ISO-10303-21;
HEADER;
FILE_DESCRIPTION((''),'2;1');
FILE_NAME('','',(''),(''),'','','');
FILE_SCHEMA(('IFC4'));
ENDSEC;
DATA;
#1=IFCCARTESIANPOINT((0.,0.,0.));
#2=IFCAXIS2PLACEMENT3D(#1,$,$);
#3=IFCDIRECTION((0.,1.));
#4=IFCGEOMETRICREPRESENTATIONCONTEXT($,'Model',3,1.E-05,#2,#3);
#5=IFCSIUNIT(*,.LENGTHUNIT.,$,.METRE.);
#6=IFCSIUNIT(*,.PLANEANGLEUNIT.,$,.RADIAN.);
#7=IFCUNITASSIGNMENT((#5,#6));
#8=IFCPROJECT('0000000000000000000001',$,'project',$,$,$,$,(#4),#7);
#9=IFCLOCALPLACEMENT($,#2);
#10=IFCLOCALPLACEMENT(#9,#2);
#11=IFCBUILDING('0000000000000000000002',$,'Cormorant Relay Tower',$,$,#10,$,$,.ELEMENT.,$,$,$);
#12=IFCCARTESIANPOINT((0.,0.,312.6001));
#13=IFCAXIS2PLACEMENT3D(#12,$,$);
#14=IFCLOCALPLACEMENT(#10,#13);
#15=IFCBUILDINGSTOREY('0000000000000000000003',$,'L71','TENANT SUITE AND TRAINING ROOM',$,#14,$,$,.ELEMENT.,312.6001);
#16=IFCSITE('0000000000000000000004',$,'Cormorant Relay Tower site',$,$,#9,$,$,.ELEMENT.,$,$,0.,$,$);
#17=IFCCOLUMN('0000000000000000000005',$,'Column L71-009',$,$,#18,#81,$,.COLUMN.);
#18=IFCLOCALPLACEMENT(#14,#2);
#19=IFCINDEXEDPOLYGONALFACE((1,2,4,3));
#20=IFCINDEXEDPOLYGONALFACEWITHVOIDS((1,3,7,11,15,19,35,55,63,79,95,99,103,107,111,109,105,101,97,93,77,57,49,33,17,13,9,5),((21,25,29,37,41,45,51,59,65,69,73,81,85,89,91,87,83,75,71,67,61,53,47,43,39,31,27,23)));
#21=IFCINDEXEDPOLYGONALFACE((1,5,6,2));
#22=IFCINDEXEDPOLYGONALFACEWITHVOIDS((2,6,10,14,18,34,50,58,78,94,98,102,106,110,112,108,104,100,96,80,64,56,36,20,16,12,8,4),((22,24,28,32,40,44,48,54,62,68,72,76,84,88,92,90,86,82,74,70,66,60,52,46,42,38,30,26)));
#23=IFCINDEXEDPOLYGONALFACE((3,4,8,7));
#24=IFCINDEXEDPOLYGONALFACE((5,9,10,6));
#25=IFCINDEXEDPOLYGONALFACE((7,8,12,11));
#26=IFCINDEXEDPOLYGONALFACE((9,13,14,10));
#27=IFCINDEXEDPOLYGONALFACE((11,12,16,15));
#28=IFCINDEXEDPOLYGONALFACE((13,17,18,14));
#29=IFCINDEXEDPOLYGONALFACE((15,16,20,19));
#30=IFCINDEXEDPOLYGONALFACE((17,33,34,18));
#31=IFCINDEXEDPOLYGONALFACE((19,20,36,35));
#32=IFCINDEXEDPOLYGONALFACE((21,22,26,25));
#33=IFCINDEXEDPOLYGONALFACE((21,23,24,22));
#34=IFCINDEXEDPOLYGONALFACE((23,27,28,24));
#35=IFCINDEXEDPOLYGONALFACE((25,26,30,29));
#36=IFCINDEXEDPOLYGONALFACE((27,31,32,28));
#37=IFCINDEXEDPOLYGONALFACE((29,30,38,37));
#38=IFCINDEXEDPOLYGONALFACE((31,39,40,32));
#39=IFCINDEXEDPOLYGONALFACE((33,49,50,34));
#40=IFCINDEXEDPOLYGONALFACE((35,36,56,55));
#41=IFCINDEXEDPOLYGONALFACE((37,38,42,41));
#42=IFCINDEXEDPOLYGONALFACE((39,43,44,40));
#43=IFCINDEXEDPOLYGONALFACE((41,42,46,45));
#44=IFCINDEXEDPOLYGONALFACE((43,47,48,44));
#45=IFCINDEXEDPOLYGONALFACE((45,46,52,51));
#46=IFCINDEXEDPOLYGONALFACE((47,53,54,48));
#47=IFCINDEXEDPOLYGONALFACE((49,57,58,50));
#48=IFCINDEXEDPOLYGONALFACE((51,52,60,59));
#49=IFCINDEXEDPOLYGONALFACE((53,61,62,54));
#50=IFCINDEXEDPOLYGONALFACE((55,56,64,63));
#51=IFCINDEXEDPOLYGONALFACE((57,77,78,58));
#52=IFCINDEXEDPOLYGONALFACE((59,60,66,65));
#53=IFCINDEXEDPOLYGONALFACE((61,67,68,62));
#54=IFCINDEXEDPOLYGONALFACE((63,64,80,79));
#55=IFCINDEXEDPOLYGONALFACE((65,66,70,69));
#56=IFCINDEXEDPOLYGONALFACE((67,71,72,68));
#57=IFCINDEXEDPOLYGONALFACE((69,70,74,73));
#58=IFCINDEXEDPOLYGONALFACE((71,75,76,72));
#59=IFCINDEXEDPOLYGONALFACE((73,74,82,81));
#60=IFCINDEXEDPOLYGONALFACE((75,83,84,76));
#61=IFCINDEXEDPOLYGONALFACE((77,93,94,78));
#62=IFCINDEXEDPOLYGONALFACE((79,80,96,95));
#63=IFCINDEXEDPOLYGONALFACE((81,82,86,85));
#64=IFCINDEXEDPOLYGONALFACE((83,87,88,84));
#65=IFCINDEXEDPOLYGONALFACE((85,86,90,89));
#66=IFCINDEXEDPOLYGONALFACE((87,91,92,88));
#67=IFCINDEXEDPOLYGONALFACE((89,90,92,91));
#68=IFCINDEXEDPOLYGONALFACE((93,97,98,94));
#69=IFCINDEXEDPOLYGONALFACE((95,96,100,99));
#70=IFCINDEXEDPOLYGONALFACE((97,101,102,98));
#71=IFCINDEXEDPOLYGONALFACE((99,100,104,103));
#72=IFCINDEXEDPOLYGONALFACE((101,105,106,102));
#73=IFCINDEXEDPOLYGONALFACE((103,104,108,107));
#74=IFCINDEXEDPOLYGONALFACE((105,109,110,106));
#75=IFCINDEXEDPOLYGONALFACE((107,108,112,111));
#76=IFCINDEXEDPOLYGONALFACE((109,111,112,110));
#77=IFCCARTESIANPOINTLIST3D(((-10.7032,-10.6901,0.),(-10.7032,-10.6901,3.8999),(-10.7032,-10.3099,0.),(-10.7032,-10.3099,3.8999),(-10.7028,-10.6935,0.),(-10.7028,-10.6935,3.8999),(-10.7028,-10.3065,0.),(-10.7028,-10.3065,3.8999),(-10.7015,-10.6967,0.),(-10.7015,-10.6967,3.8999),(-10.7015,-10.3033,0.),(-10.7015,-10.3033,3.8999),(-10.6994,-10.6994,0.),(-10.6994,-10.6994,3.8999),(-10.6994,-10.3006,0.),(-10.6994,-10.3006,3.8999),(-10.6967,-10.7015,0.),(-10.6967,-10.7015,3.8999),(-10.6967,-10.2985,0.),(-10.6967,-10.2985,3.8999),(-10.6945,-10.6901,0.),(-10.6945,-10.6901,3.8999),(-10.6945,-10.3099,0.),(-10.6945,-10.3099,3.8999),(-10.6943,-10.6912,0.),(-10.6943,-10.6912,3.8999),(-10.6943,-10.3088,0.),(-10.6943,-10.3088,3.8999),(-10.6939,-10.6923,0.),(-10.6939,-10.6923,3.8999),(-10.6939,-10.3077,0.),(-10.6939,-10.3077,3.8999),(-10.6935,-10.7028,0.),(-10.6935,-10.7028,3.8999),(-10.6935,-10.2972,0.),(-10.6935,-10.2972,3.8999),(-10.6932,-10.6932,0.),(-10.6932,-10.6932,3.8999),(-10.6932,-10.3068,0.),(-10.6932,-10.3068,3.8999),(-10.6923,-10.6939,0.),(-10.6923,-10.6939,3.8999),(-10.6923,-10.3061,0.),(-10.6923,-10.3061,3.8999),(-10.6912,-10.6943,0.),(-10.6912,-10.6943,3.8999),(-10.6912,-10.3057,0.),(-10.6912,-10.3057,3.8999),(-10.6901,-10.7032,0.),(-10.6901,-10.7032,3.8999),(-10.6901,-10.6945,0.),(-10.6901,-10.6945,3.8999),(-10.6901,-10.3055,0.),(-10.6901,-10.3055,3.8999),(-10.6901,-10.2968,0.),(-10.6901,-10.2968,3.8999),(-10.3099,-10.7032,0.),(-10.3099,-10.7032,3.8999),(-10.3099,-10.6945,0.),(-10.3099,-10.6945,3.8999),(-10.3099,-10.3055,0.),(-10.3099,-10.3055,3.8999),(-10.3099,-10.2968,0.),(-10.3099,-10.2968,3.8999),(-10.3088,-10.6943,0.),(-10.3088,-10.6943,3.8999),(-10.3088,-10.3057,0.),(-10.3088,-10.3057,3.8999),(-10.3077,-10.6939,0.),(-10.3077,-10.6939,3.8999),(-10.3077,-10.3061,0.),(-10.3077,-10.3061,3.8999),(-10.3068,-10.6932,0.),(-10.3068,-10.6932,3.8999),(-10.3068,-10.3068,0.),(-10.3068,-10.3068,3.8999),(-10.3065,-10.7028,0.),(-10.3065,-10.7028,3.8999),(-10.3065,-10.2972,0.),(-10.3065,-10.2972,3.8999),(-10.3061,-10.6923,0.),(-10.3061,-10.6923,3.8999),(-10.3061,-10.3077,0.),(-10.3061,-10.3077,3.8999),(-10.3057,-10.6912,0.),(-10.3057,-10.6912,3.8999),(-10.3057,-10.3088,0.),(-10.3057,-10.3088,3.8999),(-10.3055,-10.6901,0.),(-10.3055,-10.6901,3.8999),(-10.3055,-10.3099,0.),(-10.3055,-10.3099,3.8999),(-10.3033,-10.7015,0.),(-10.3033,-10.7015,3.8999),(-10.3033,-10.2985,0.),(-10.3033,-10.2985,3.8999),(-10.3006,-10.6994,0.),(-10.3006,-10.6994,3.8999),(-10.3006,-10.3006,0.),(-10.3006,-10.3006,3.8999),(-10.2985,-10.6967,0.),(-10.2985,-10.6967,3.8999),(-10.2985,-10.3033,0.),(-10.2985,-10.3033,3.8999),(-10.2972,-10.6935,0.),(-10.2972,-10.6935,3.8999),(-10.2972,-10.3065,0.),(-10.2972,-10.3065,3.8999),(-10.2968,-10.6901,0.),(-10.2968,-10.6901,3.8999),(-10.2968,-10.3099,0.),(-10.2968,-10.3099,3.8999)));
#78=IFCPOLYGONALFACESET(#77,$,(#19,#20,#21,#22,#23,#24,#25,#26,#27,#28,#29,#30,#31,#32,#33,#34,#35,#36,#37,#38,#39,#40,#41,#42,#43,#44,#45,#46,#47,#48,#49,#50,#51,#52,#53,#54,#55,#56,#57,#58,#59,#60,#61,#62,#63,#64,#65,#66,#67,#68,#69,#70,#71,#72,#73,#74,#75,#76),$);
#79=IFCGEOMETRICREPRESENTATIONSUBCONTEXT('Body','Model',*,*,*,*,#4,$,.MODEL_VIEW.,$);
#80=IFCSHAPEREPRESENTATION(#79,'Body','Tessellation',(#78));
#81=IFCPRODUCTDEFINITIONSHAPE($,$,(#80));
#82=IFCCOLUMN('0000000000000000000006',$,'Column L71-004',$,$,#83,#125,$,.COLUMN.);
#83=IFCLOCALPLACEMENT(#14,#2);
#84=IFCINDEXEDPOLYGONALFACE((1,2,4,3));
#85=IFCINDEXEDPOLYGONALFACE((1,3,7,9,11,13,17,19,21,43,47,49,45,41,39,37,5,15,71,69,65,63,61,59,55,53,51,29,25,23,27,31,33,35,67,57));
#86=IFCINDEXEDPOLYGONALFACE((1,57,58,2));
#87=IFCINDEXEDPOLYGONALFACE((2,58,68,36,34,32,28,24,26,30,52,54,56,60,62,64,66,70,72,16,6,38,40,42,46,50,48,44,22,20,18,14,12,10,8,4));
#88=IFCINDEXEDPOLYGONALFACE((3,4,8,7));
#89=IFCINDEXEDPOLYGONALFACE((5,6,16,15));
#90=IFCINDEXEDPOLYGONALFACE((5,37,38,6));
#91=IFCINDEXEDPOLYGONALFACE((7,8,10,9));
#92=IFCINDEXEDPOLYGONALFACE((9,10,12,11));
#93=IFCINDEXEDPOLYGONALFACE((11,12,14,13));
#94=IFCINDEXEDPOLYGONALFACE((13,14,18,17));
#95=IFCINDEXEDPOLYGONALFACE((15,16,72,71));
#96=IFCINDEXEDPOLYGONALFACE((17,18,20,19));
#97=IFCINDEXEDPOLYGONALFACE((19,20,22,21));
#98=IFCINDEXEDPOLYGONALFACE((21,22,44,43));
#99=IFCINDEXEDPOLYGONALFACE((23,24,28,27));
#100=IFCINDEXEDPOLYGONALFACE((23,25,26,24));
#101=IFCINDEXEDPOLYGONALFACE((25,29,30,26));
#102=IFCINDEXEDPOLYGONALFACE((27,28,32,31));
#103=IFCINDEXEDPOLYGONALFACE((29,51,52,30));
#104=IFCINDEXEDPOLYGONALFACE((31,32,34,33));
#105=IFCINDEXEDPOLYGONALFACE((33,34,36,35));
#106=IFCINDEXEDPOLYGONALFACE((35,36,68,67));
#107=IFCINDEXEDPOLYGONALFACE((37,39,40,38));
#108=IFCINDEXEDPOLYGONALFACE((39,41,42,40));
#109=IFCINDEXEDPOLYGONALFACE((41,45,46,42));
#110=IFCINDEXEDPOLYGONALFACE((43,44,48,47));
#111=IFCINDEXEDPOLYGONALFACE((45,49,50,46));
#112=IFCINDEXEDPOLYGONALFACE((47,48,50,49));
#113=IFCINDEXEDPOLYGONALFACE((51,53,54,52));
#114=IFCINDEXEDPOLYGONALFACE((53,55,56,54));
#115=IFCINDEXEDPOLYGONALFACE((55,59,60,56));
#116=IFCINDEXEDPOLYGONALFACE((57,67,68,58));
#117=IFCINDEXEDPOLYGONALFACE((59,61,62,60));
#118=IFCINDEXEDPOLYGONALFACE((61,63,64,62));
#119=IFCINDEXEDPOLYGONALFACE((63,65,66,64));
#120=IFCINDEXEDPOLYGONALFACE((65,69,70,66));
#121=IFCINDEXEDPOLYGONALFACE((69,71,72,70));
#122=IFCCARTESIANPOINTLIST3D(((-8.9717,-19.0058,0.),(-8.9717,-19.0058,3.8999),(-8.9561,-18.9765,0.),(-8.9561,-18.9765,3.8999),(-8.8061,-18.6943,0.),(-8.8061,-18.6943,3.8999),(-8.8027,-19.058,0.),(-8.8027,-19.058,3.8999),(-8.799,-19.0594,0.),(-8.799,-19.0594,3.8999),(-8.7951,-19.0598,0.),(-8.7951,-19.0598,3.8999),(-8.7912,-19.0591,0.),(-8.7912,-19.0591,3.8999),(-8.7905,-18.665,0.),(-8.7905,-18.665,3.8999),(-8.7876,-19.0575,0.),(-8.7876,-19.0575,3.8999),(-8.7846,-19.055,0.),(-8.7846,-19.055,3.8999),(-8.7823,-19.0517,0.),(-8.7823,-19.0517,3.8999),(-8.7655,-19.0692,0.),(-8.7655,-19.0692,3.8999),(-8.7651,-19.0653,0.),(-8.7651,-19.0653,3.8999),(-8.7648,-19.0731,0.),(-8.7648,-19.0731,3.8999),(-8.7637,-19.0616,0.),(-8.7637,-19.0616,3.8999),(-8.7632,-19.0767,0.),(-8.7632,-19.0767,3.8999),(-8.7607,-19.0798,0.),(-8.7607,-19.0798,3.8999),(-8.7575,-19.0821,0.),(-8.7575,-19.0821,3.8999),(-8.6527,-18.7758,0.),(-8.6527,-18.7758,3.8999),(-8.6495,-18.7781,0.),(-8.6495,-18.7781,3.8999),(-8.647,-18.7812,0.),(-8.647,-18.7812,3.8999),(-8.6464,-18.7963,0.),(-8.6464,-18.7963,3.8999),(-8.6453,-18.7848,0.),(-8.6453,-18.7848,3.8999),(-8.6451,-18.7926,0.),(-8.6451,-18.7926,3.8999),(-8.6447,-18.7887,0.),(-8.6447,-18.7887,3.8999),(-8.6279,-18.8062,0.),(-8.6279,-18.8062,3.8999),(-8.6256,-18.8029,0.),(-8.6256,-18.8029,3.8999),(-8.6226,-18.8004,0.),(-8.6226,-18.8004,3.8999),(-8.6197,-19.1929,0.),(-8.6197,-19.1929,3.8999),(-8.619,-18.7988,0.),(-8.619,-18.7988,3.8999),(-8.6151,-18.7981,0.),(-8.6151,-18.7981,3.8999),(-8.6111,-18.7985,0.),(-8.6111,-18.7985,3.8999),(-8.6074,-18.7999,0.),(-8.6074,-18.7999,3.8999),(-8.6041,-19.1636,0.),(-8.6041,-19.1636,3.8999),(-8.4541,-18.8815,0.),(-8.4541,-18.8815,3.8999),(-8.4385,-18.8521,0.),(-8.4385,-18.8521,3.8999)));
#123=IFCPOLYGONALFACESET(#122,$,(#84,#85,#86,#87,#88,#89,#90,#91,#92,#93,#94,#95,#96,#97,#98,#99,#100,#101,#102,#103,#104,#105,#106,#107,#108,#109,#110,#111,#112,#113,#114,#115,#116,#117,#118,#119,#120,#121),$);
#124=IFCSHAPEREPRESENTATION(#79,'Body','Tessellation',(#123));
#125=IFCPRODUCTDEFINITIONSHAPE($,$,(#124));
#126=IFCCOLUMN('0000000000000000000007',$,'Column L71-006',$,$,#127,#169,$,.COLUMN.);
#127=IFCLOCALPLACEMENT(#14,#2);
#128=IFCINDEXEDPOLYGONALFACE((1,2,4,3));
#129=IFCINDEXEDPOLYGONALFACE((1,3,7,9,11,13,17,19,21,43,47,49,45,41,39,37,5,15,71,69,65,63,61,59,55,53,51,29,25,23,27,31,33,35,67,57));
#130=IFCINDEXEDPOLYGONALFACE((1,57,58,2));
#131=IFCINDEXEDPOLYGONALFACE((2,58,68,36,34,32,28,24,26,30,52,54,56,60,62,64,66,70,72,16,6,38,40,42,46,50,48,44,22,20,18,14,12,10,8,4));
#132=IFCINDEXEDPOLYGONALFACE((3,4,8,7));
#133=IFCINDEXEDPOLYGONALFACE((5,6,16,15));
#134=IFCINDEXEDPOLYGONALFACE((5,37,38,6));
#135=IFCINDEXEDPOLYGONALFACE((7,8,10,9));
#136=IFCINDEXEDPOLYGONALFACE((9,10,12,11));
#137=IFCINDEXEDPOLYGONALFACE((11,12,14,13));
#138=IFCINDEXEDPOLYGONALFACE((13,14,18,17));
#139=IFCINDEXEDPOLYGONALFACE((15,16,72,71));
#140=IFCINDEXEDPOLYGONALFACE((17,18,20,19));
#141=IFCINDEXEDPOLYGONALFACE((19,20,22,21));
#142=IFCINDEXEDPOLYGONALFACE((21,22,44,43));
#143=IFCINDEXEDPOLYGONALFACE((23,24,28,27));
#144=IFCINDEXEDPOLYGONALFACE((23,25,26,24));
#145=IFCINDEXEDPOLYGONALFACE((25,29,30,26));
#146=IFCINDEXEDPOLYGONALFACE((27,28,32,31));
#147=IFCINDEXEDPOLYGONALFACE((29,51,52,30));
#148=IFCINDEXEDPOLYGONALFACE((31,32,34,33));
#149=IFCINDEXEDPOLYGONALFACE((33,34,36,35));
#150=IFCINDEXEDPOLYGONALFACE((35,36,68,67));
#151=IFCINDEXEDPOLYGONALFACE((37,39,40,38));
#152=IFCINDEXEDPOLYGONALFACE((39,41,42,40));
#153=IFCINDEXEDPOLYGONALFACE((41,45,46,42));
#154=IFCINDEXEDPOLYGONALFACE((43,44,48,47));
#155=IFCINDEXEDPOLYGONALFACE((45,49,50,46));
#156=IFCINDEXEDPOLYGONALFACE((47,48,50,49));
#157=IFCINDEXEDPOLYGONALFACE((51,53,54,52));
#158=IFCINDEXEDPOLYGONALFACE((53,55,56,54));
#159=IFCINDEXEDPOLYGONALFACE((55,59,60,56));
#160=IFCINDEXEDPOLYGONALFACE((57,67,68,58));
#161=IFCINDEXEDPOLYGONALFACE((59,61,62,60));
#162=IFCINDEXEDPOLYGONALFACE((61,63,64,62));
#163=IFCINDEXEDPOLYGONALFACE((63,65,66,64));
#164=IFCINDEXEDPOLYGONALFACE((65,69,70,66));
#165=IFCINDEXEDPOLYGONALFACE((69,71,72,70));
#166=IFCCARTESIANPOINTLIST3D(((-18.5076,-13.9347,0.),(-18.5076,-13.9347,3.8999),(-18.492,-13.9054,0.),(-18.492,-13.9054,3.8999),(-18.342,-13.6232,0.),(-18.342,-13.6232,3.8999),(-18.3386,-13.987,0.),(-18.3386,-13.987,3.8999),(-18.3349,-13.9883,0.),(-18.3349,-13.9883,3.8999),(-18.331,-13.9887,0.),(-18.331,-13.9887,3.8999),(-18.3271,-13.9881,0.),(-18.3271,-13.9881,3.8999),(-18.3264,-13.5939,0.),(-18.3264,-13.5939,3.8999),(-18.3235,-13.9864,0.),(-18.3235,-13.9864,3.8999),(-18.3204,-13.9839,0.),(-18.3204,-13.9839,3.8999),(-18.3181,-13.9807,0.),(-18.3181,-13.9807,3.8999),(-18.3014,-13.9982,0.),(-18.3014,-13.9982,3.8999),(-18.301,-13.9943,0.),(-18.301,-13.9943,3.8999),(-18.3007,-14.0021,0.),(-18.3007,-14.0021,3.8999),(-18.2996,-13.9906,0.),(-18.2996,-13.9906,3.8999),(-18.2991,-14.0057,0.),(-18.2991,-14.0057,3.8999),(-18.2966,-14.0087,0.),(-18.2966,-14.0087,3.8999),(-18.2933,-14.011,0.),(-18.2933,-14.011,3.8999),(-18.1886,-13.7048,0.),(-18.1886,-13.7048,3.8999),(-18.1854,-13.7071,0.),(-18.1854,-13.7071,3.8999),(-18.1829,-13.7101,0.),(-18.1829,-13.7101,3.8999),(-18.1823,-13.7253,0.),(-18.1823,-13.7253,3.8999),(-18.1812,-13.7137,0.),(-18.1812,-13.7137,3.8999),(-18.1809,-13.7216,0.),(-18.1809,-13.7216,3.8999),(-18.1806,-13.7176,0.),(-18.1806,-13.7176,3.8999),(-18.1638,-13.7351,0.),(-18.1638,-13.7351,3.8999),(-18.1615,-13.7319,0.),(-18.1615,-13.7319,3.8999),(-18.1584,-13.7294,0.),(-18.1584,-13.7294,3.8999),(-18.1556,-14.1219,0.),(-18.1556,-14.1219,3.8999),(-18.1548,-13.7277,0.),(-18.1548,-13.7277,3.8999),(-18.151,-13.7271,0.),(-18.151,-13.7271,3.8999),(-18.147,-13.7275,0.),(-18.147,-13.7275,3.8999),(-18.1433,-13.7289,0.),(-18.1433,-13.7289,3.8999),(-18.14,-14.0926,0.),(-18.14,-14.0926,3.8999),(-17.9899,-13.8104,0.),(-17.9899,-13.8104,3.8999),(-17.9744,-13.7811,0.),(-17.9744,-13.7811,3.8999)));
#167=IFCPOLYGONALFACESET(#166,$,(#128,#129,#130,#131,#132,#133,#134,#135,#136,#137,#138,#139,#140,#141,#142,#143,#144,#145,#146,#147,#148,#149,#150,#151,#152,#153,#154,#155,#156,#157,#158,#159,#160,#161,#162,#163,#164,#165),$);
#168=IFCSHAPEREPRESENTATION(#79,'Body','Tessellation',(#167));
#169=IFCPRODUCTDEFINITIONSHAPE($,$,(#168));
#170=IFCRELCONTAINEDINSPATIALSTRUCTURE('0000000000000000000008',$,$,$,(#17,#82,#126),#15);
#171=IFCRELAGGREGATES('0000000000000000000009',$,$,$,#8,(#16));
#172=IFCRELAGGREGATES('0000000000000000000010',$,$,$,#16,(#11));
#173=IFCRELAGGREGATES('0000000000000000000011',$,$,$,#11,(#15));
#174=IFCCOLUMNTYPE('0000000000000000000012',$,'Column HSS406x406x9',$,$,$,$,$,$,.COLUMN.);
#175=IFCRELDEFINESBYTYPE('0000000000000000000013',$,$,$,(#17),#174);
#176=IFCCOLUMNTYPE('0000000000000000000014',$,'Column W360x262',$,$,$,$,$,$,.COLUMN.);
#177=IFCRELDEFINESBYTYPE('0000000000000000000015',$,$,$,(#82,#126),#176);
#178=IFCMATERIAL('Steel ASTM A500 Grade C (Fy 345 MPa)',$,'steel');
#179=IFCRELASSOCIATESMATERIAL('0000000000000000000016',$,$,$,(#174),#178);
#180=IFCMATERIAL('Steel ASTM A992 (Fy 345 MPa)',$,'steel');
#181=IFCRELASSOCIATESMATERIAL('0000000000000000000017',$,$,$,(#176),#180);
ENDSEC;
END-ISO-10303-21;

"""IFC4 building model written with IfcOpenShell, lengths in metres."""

from ifc_helpers import new_model, si_unit, direction, frame, origin, origin_2d, place, context, subcontext, project, spatial, hollow_rectangle, i_section, extrude, material, material_profile, profile_set, type_object, element, save


model = new_model("IFC4")

# Units and contexts
model_context = context("Model", 3, precision=1e-05, world=origin(), true_north=direction((0.0, 1.0)))
body_context = subcontext(model_context, "Body", "Model", "MODEL_VIEW")
ifc_project = project(units=[si_unit("LENGTHUNIT", "METRE"), si_unit("PLANEANGLEUNIT", "RADIAN")], contexts=[model_context])

# Site, building, storey
site_placement = place(None, origin())
site = spatial("IfcSite", under=ifc_project, at=site_placement, Name="Cormorant Relay Tower site", CompositionType="ELEMENT", RefElevation=0.0)
building_placement = place(site_placement, origin())
building = spatial("IfcBuilding", under=site, at=building_placement, Name="Cormorant Relay Tower", CompositionType="ELEMENT")
storey_placement = place(building_placement, frame((0.0, 0.0, 312.6001)))
storey = spatial("IfcBuildingStorey", under=building, at=storey_placement, Name="L71", Description="TENANT SUITE AND TRAINING ROOM", CompositionType="ELEMENT", Elevation=312.6001)

# Columns
ifc_material_1 = material(Name="Steel ASTM A500 Grade C (Fy 345 MPa)", Category="steel")
ifc_material_profile_1 = material_profile(ifc_material_1, hollow_rectangle(XDim=0.4065, YDim=0.4065, WallThickness=0.0088, InnerFilletRadius=0.0044, OuterFilletRadius=0.0132, at=origin_2d()), Name="HSS406x406x9")
ifc_profile_set_1 = profile_set([ifc_material_profile_1], Name="Steel ASTM A500 Grade C (Fy 345 MPa)")
column_type_1 = type_object("IfcColumnType", Name="Column HSS406x406x9", PredefinedType="COLUMN", material=ifc_profile_set_1)
column_placement = place(storey_placement, frame((-10.5, -10.5, 0.0), z_axis=(0.0, 0.0, 1.0), x_axis=(1.0, 0.0, 0.0)))
element("IfcColumn", 1, at=column_placement, inside=storey, type_object=column_type_1, Name="Column L71-009", PredefinedType="COLUMN", context=body_context, shape_type="SweptSolid", body=[
    extrude(hollow_rectangle(XDim=0.4065, YDim=0.4065, WallThickness=0.0088, InnerFilletRadius=0.0044, OuterFilletRadius=0.0132, at=origin_2d()), origin(), (0.0, 0.0, 1.0), 3.8999),
])
ifc_material_2 = material(Name="Steel ASTM A992 (Fy 345 MPa)", Category="steel")
ifc_material_profile_2 = material_profile(ifc_material_2, i_section(OverallWidth=0.3987, OverallDepth=0.386, WebThickness=0.021, FlangeThickness=0.0332, FilletRadius=0.0151, at=origin_2d()), Name="W360x262")
ifc_profile_set_2 = profile_set([ifc_material_profile_2], Name="Steel ASTM A992 (Fy 345 MPa)")
column_type_2 = type_object("IfcColumnType", Name="Column W360x262", PredefinedType="COLUMN", material=ifc_profile_set_2)
for number, where, z_axis, x_axis, name in (
    (2, (-8.7051, -18.929, 0.0), (0.0, 0.0, 1.0), (0.882948, -0.469472, 0.0), "Column L71-004"),
    (3, (-18.241, -13.8579, 0.0), (0.0, 0.0, 1.0), (0.882948, -0.469472, 0.0), "Column L71-006"),
):
    element("IfcColumn", number, at=place(storey_placement, frame(where, z_axis=z_axis, x_axis=x_axis)), inside=storey, type_object=column_type_2, Name=name, PredefinedType="COLUMN", context=body_context, shape_type="SweptSolid", body=[
        extrude(i_section(OverallWidth=0.3987, OverallDepth=0.386, WebThickness=0.021, FlangeThickness=0.0332, FilletRadius=0.0151, at=origin_2d()), origin(), (0.0, 0.0, 1.0), 3.8999),
    ])

save(model, "model.ifc")
